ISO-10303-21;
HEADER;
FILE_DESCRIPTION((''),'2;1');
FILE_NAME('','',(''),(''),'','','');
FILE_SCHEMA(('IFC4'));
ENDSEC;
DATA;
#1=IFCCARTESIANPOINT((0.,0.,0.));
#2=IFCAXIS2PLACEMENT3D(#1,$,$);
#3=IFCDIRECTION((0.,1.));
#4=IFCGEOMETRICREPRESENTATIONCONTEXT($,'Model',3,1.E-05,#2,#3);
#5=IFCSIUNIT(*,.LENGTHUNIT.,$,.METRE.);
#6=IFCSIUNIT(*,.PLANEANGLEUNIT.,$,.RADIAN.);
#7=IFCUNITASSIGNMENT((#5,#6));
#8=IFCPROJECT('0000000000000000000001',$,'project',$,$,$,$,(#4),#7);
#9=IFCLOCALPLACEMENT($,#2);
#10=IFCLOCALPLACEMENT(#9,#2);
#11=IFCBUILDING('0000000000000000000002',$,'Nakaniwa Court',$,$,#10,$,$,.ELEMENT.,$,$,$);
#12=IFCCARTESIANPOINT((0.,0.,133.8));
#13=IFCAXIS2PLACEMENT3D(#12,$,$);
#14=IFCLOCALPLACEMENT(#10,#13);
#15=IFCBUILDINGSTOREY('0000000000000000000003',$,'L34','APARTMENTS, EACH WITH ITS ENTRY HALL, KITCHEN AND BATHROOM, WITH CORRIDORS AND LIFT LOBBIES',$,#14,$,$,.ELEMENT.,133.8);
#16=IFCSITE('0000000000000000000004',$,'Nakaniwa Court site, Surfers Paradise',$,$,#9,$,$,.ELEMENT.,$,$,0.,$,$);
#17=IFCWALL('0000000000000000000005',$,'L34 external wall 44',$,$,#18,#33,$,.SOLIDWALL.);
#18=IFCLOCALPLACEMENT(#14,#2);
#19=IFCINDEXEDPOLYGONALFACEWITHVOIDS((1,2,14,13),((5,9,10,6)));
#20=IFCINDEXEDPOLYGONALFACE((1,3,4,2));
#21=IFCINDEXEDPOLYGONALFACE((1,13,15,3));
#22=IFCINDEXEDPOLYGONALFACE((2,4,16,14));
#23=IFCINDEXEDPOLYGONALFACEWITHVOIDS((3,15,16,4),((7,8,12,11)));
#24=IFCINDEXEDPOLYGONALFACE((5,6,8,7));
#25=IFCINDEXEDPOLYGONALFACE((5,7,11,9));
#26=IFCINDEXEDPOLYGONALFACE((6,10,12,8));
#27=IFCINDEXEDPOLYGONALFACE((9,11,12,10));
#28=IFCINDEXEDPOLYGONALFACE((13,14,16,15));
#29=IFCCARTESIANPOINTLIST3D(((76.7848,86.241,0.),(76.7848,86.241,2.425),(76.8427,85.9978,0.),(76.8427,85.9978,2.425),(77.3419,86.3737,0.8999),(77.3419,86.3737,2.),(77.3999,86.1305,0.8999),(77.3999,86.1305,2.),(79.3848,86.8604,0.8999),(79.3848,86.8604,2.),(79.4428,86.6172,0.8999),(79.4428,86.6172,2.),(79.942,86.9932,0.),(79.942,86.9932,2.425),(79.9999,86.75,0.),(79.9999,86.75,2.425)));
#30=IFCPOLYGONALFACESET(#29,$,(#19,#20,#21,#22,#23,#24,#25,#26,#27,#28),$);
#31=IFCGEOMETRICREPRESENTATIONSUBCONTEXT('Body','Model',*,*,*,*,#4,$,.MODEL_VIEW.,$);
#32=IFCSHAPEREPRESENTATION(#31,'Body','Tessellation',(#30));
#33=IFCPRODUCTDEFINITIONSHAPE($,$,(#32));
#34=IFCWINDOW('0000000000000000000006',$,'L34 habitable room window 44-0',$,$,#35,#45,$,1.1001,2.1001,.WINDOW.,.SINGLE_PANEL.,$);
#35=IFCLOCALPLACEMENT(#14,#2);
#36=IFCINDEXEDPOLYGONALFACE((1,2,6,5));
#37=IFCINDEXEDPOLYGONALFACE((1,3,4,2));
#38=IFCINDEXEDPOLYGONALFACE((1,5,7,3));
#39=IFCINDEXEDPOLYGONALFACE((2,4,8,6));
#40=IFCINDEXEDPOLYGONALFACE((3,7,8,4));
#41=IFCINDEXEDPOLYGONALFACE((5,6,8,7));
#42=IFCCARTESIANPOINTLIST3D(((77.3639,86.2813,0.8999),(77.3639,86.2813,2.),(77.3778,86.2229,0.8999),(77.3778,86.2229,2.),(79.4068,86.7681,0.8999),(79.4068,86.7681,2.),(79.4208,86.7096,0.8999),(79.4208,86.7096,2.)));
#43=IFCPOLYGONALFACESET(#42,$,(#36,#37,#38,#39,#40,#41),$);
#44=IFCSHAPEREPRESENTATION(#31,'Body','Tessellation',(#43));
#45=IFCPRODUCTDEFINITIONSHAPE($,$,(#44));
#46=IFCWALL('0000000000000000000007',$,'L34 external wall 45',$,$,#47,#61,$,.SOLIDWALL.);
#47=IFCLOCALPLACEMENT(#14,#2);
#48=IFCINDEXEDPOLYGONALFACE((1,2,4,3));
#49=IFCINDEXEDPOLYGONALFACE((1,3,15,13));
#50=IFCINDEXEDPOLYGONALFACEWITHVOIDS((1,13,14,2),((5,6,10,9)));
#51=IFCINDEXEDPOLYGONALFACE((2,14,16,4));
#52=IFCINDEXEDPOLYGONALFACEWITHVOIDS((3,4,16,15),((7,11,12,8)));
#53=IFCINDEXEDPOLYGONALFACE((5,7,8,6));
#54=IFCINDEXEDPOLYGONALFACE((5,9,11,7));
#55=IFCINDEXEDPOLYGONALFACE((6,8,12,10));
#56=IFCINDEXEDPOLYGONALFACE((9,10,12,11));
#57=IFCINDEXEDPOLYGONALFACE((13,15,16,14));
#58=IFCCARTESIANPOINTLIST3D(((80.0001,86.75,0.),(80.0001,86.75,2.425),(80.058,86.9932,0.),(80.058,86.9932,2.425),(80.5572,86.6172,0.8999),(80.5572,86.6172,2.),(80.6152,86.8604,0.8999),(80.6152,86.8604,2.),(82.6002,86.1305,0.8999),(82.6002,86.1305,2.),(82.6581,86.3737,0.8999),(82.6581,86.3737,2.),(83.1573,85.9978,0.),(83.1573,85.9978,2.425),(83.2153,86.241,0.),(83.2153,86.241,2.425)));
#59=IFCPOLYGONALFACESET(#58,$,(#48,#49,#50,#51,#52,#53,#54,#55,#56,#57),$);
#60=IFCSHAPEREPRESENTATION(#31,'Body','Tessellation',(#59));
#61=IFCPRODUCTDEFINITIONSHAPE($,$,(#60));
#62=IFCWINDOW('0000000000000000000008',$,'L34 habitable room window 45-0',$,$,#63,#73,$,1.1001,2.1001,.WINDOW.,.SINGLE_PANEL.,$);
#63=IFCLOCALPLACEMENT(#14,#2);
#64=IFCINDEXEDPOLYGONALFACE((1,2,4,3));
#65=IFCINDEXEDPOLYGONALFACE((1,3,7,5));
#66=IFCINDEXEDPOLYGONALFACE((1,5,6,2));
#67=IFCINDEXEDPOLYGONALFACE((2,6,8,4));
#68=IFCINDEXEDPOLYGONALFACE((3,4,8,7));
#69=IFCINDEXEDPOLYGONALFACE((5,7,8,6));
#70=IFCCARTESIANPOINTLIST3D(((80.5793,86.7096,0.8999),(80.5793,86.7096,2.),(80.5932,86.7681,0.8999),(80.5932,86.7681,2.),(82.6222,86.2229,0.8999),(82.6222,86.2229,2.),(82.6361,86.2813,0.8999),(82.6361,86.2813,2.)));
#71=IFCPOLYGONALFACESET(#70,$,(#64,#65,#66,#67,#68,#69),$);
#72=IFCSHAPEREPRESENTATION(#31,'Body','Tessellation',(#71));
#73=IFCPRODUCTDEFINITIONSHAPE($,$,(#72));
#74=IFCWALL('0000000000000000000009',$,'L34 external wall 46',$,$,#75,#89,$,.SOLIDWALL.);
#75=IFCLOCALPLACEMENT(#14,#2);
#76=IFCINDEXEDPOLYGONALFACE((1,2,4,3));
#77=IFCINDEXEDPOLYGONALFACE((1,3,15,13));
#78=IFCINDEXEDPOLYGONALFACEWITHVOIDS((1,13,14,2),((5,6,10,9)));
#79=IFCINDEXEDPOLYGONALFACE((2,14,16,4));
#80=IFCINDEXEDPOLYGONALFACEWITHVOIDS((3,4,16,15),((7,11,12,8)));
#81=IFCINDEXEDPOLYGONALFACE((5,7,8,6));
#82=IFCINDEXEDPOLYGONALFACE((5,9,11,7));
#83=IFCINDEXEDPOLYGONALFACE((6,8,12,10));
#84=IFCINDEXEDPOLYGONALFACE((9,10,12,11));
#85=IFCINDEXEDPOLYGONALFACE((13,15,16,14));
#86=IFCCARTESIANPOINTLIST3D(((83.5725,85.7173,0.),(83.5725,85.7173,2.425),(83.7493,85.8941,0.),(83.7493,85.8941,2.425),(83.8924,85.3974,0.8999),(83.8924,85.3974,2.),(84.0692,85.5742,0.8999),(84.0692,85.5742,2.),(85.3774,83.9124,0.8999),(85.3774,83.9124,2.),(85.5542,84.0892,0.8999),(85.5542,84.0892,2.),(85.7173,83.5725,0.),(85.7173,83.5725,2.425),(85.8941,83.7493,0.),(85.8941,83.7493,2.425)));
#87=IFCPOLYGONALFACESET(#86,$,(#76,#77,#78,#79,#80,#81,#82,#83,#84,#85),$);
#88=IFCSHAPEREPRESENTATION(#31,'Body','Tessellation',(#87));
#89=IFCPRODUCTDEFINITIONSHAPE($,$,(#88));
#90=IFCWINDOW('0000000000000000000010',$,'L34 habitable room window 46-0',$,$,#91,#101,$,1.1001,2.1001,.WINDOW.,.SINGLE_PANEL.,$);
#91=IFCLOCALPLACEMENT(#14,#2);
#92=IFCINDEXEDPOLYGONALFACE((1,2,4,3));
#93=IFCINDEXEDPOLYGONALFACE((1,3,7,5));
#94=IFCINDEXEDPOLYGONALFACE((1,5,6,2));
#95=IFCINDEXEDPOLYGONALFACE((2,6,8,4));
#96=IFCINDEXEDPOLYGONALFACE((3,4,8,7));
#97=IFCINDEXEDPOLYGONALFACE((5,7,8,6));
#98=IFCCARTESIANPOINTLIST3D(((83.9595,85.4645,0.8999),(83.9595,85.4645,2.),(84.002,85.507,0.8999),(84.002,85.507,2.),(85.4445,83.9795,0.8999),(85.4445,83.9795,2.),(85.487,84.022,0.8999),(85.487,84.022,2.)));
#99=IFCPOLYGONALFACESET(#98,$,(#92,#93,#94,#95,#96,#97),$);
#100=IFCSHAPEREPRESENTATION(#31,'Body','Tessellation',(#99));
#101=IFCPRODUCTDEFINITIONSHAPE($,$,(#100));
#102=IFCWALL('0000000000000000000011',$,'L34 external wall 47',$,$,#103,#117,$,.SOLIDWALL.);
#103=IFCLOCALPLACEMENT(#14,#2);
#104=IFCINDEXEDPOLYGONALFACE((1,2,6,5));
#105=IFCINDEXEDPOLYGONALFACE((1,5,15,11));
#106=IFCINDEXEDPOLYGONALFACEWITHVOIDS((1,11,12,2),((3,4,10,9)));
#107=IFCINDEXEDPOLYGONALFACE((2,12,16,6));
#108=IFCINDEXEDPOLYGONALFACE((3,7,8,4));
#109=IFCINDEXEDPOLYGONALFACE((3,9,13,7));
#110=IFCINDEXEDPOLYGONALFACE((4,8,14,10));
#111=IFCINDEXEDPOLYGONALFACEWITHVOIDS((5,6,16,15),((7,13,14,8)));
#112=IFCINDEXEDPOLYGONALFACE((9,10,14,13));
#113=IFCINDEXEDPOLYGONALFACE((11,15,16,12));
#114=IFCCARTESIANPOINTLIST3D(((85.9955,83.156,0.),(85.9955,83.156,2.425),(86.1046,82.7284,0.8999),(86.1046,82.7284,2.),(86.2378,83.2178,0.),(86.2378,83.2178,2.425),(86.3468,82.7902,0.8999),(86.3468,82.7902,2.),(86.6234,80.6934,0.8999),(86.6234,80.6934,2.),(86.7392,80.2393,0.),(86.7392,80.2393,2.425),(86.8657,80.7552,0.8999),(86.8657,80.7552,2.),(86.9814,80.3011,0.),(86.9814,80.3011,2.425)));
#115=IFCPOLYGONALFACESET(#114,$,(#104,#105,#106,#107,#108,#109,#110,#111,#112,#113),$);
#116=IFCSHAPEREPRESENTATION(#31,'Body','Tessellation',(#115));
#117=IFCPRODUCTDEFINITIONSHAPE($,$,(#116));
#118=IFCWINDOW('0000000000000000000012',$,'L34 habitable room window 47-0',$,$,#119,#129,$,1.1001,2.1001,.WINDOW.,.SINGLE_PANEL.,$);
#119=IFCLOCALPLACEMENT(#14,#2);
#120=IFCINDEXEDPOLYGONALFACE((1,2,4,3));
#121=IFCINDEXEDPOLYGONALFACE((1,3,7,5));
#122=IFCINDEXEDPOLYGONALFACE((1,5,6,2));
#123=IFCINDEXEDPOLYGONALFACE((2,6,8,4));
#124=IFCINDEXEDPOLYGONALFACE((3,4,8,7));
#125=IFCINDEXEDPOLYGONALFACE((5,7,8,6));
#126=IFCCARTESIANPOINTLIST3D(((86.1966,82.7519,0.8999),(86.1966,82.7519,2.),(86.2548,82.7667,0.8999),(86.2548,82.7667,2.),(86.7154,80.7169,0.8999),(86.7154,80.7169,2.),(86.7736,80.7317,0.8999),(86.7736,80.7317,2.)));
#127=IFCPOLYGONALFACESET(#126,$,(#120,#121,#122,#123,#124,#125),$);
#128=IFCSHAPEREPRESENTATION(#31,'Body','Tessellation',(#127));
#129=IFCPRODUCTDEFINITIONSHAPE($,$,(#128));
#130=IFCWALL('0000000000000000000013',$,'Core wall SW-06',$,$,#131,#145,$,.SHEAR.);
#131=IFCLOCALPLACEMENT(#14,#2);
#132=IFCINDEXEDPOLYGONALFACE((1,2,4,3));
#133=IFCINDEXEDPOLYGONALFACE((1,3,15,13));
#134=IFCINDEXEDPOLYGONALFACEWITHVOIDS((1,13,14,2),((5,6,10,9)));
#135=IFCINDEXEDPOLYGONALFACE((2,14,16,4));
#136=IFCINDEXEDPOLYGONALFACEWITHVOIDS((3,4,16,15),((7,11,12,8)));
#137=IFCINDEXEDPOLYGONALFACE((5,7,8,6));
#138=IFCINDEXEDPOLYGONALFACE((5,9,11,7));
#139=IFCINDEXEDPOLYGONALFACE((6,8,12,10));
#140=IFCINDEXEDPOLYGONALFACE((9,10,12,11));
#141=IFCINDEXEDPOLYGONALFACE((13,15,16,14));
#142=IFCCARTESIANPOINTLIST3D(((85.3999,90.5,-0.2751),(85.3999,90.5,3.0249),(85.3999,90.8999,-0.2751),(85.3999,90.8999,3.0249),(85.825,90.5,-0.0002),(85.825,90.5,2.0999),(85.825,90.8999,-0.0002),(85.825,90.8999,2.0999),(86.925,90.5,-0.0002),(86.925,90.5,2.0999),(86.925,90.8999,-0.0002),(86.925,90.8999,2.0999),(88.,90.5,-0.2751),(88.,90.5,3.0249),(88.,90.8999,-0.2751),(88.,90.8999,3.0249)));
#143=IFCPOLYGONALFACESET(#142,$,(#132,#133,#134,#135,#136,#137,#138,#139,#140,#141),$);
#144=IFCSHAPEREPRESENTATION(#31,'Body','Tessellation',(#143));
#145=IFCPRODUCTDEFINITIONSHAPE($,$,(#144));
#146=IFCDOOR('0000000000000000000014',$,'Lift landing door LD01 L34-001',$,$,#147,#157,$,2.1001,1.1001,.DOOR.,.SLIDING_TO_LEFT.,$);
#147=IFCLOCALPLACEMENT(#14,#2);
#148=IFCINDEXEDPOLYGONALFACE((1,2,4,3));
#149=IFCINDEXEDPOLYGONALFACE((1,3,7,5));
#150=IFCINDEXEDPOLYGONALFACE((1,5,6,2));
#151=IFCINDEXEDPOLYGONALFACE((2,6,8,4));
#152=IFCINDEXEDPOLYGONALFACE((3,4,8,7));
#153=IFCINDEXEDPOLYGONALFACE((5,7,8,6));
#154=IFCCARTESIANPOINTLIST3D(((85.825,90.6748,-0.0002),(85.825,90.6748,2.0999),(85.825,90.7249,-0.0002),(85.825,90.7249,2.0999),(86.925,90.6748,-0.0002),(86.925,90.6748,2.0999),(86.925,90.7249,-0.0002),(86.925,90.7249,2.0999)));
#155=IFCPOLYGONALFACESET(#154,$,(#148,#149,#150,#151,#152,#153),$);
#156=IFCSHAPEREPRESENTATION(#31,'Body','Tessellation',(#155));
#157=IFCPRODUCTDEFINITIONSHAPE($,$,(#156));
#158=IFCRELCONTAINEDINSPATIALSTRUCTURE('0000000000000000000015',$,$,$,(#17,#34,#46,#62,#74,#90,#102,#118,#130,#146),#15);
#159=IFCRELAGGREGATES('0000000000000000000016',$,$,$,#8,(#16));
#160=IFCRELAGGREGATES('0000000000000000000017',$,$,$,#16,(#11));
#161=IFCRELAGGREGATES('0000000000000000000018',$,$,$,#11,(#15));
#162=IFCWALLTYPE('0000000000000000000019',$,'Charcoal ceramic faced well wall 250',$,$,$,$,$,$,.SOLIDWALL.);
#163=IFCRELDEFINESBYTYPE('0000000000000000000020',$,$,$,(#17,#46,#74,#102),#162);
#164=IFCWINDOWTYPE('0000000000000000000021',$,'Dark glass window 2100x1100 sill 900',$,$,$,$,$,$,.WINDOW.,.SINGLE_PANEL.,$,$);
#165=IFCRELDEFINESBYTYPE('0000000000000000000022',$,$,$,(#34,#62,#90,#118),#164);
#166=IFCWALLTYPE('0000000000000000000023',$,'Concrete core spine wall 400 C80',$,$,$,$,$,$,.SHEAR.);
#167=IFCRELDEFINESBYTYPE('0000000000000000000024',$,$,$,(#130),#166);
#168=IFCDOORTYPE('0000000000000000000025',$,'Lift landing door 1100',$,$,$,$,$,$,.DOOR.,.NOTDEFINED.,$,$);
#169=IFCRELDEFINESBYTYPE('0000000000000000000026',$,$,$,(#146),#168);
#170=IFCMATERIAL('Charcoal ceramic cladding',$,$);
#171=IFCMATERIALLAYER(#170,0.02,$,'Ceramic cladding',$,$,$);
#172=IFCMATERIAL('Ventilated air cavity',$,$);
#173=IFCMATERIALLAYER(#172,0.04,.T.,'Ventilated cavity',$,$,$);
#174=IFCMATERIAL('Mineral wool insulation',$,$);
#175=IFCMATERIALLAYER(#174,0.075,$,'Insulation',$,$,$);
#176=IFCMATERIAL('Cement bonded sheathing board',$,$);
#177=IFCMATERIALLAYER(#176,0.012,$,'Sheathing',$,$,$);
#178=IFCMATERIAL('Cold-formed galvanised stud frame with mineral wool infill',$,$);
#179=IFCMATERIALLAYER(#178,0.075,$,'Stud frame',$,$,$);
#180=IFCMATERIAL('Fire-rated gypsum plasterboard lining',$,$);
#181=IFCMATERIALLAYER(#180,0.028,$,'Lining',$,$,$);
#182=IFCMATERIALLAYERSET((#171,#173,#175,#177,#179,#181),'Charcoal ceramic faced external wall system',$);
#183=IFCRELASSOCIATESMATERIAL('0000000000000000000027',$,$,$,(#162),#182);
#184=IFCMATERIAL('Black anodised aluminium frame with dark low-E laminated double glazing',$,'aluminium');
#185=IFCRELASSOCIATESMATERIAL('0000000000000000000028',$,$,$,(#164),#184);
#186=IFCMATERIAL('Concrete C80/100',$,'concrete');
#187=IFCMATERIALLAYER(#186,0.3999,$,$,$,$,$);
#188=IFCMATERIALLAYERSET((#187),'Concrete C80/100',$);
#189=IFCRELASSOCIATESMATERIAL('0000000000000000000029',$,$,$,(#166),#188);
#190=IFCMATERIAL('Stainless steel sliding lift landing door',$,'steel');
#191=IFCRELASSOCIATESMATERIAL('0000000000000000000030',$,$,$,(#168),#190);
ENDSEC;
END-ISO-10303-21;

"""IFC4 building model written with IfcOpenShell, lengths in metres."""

from ifc_helpers import new_model, si_unit, direction, frame, frame_2d, origin, place, context, subcontext, project, spatial, rectangle, extrude, material, layer, layer_set, type_object, element, fill, save


model = new_model("IFC4")

# Units and contexts
model_context = context("Model", 3, precision=1e-05, world=origin(), true_north=direction((0.0, 1.0)))
body_context = subcontext(model_context, "Body", "Model", "MODEL_VIEW")
ifc_project = project(units=[si_unit("LENGTHUNIT", "METRE"), si_unit("PLANEANGLEUNIT", "RADIAN")], contexts=[model_context])

# Site, building, storey
site_placement = place(None, origin())
site = spatial("IfcSite", under=ifc_project, at=site_placement, Name="Nakaniwa Court site, Surfers Paradise", CompositionType="ELEMENT", RefElevation=0.0)
building_placement = place(site_placement, origin())
building = spatial("IfcBuilding", under=site, at=building_placement, Name="Nakaniwa Court", CompositionType="ELEMENT")
storey_placement = place(building_placement, frame((0.0, 0.0, 133.8)))
storey = spatial("IfcBuildingStorey", under=building, at=storey_placement, Name="L34", Description="APARTMENTS, EACH WITH ITS ENTRY HALL, KITCHEN AND BATHROOM, WITH CORRIDORS AND LIFT LOBBIES", CompositionType="ELEMENT", Elevation=133.8)

# Shared definitions
ifc_material_1 = material(Name="Concrete C80/100", Category="concrete")

# Walls, openings, windows
ifc_material_2 = material(Name="Charcoal ceramic cladding")
ifc_layer_1 = layer(ifc_material_2, 0.02, Name="Ceramic cladding")
ifc_material_3 = material(Name="Ventilated air cavity")
ifc_layer_2 = layer(ifc_material_3, 0.04, ventilated=True, Name="Ventilated cavity")
ifc_material_4 = material(Name="Mineral wool insulation")
ifc_layer_3 = layer(ifc_material_4, 0.075, Name="Insulation")
ifc_material_5 = material(Name="Cement bonded sheathing board")
ifc_layer_4 = layer(ifc_material_5, 0.012, Name="Sheathing")
ifc_material_6 = material(Name="Cold-formed galvanised stud frame with mineral wool infill")
ifc_layer_5 = layer(ifc_material_6, 0.075, Name="Stud frame")
ifc_material_7 = material(Name="Fire-rated gypsum plasterboard lining")
ifc_layer_6 = layer(ifc_material_7, 0.028, Name="Lining")
ifc_layer_set_1 = layer_set([ifc_layer_1, ifc_layer_2, ifc_layer_3, ifc_layer_4, ifc_layer_5, ifc_layer_6], Name="Charcoal ceramic faced external wall system")
wall_type_1 = type_object("IfcWallType", Name="Charcoal ceramic faced well wall 250", PredefinedType="SOLIDWALL", material=ifc_layer_set_1)
wall_1_placement = place(storey_placement, frame((76.8137, 86.1194, 0.0), z_axis=(0.0, 0.0, 1.0), x_axis=(0.972773, 0.23176, 0.0)))
wall_1 = element("IfcWall", 1, at=wall_1_placement, inside=storey, type_object=wall_type_1, Name="L34 external wall 44", PredefinedType="SOLIDWALL", context=body_context, shape_type="SweptSolid", body=[
    extrude(rectangle(XDim=3.2456, YDim=0.25, at=frame_2d((1.6228, 0.0))), origin(), (0.0, 0.0, 1.0), 2.425),
])
opening_1_placement = place(wall_1_placement, frame((0.5728, 0.0, 0.8999)))
opening_1 = element("IfcOpeningElement", 2, at=opening_1_placement, cuts=wall_1, PredefinedType="OPENING", context=body_context, shape_type="SweptSolid", body=[
    extrude(rectangle(XDim=2.1001, YDim=1.1001, at=frame_2d((1.05, 0.55))), frame((0.0, 0.135, 0.0), z_axis=(0.0, -1.0, 0.0), x_axis=(1.0, 0.0, 0.0)), (0.0, 0.0, 1.0), 0.27),
])
ifc_material_8 = material(Name="Black anodised aluminium frame with dark low-E laminated double glazing", Category="aluminium")
window_type = type_object("IfcWindowType", Name="Dark glass window 2100x1100 sill 900", PartitioningType="SINGLE_PANEL", PredefinedType="WINDOW", material=ifc_material_8)
window_1_placement = place(opening_1_placement, origin())
window_1 = element("IfcWindow", 3, at=window_1_placement, inside=storey, type_object=window_type, Name="L34 habitable room window 44-0", OverallHeight=1.1001, OverallWidth=2.1001, PartitioningType="SINGLE_PANEL", PredefinedType="WINDOW", context=body_context, shape_type="SweptSolid", body=[
    extrude(rectangle(XDim=2.1001, YDim=1.1001, at=frame_2d((1.05, 0.55))), frame((0.0, 0.03, 0.0), z_axis=(0.0, -1.0, 0.0), x_axis=(1.0, 0.0, 0.0)), (0.0, 0.0, 1.0), 0.0601),
])
fill(opening_1, window_1)
wall_2_placement = place(storey_placement, frame((80.0291, 86.8716, 0.0), z_axis=(0.0, 0.0, 1.0), x_axis=(0.972773, -0.23176, 0.0)))
wall_2 = element("IfcWall", 4, at=wall_2_placement, inside=storey, type_object=wall_type_1, Name="L34 external wall 45", PredefinedType="SOLIDWALL", context=body_context, shape_type="SweptSolid", body=[
    extrude(rectangle(XDim=3.2456, YDim=0.25, at=frame_2d((1.6228, 0.0))), origin(), (0.0, 0.0, 1.0), 2.425),
])
opening_2_placement = place(wall_2_placement, frame((0.5728, 0.0, 0.8999)))
opening_2 = element("IfcOpeningElement", 5, at=opening_2_placement, cuts=wall_2, PredefinedType="OPENING", context=body_context, shape_type="SweptSolid", body=[
    extrude(rectangle(XDim=2.1001, YDim=1.1001, at=frame_2d((1.05, 0.55))), frame((0.0, 0.135, 0.0), z_axis=(0.0, -1.0, 0.0), x_axis=(1.0, 0.0, 0.0)), (0.0, 0.0, 1.0), 0.27),
])
window_2_placement = place(opening_2_placement, origin())
window_2 = element("IfcWindow", 6, at=window_2_placement, inside=storey, type_object=window_type, Name="L34 habitable room window 45-0", OverallHeight=1.1001, OverallWidth=2.1001, PartitioningType="SINGLE_PANEL", PredefinedType="WINDOW", context=body_context, shape_type="SweptSolid", body=[
    extrude(rectangle(XDim=2.1001, YDim=1.1001, at=frame_2d((1.05, 0.55))), frame((0.0, 0.03, 0.0), z_axis=(0.0, -1.0, 0.0), x_axis=(1.0, 0.0, 0.0)), (0.0, 0.0, 1.0), 0.0601),
])
fill(opening_2, window_2)
wall_3_placement = place(storey_placement, frame((83.6609, 85.8057, 0.0), z_axis=(0.0, 0.0, 1.0), x_axis=(0.707107, -0.707107, 0.0)))
wall_3 = element("IfcWall", 7, at=wall_3_placement, inside=storey, type_object=wall_type_1, Name="L34 external wall 46", PredefinedType="SOLIDWALL", context=body_context, shape_type="SweptSolid", body=[
    extrude(rectangle(XDim=3.0332, YDim=0.25, at=frame_2d((1.5166, 0.0))), origin(), (0.0, 0.0, 1.0), 2.425),
])
opening_3_placement = place(wall_3_placement, frame((0.4524, 0.0, 0.8999)))
opening_3 = element("IfcOpeningElement", 8, at=opening_3_placement, cuts=wall_3, PredefinedType="OPENING", context=body_context, shape_type="SweptSolid", body=[
    extrude(rectangle(XDim=2.1001, YDim=1.1001, at=frame_2d((1.05, 0.55))), frame((0.0, 0.135, 0.0), z_axis=(0.0, -1.0, 0.0), x_axis=(1.0, 0.0, 0.0)), (0.0, 0.0, 1.0), 0.27),
])
window_3_placement = place(opening_3_placement, origin())
window_3 = element("IfcWindow", 9, at=window_3_placement, inside=storey, type_object=window_type, Name="L34 habitable room window 46-0", OverallHeight=1.1001, OverallWidth=2.1001, PartitioningType="SINGLE_PANEL", PredefinedType="WINDOW", context=body_context, shape_type="SweptSolid", body=[
    extrude(rectangle(XDim=2.1001, YDim=1.1001, at=frame_2d((1.05, 0.55))), frame((0.0, 0.03, 0.0), z_axis=(0.0, -1.0, 0.0), x_axis=(1.0, 0.0, 0.0)), (0.0, 0.0, 1.0), 0.0601),
])
fill(opening_3, window_3)
wall_4_placement = place(storey_placement, frame((86.1167, 83.1868, 0.0), z_axis=(0.0, 0.0, 1.0), x_axis=(0.247056, -0.969001, 0.0)))
wall_4 = element("IfcWall", 10, at=wall_4_placement, inside=storey, type_object=wall_type_1, Name="L34 external wall 47", PredefinedType="SOLIDWALL", context=body_context, shape_type="SweptSolid", body=[
    extrude(rectangle(XDim=3.01, YDim=0.25, at=frame_2d((1.5049, 0.0))), origin(), (0.0, 0.0, 1.0), 2.425),
])
opening_4_placement = place(wall_4_placement, frame((0.4412, 0.0, 0.8999)))
opening_4 = element("IfcOpeningElement", 11, at=opening_4_placement, cuts=wall_4, PredefinedType="OPENING", context=body_context, shape_type="SweptSolid", body=[
    extrude(rectangle(XDim=2.1001, YDim=1.1001, at=frame_2d((1.05, 0.55))), frame((0.0, 0.135, 0.0), z_axis=(0.0, -1.0, 0.0), x_axis=(1.0, 0.0, 0.0)), (0.0, 0.0, 1.0), 0.27),
])
window_4_placement = place(opening_4_placement, origin())
window_4 = element("IfcWindow", 12, at=window_4_placement, inside=storey, type_object=window_type, Name="L34 habitable room window 47-0", OverallHeight=1.1001, OverallWidth=2.1001, PartitioningType="SINGLE_PANEL", PredefinedType="WINDOW", context=body_context, shape_type="SweptSolid", body=[
    extrude(rectangle(XDim=2.1001, YDim=1.1001, at=frame_2d((1.05, 0.55))), frame((0.0, 0.03, 0.0), z_axis=(0.0, -1.0, 0.0), x_axis=(1.0, 0.0, 0.0)), (0.0, 0.0, 1.0), 0.0601),
])
fill(opening_4, window_4)

# Wall, opening, door
ifc_layer_7 = layer(ifc_material_1, 0.3999)
ifc_layer_set_2 = layer_set([ifc_layer_7], Name="Concrete C80/100")
wall_type_2 = type_object("IfcWallType", Name="Concrete core spine wall 400 C80", PredefinedType="SHEAR", material=ifc_layer_set_2)
wall_5_placement = place(storey_placement, frame((85.3999, 90.7, -0.2751), z_axis=(0.0, 0.0, 1.0), x_axis=(1.0, 0.0, 0.0)))
wall_5 = element("IfcWall", 13, at=wall_5_placement, inside=storey, type_object=wall_type_2, Name="Core wall SW-06", PredefinedType="SHEAR", context=body_context, shape_type="SweptSolid", body=[
    extrude(rectangle(XDim=2.6001, YDim=0.3999, at=frame_2d((1.3, 0.0))), origin(), (0.0, 0.0, 1.0), 3.3),
])
opening_5_placement = place(wall_5_placement, frame((0.425, 0.0, 0.2749)))
opening_5 = element("IfcOpeningElement", 14, at=opening_5_placement, cuts=wall_5, PredefinedType="OPENING", context=body_context, shape_type="SweptSolid", body=[
    extrude(rectangle(XDim=1.1001, YDim=2.1001, at=frame_2d((0.55, 1.05))), frame((0.0, 0.21, 0.0), z_axis=(0.0, -1.0, 0.0), x_axis=(1.0, 0.0, 0.0)), (0.0, 0.0, 1.0), 0.4199),
])
ifc_material_9 = material(Name="Stainless steel sliding lift landing door", Category="steel")
door_type_1 = type_object("IfcDoorType", Name="Lift landing door 1100", OperationType="NOTDEFINED", PredefinedType="DOOR", material=ifc_material_9)
door_1_placement = place(opening_5_placement, origin())
door_1 = element("IfcDoor", 15, at=door_1_placement, inside=storey, type_object=door_type_1, Name="Lift landing door LD01 L34-001", OperationType="SLIDING_TO_LEFT", OverallHeight=2.1001, OverallWidth=1.1001, PredefinedType="DOOR", context=body_context, shape_type="SweptSolid", body=[
    extrude(rectangle(XDim=1.1001, YDim=2.1001, at=frame_2d((0.55, 1.05))), frame((0.0, 0.0249, 0.0), z_axis=(0.0, -1.0, 0.0), x_axis=(1.0, 0.0, 0.0)), (0.0, 0.0, 1.0), 0.05),
])
fill(opening_5, door_1)

save(model, "model.ifc")
